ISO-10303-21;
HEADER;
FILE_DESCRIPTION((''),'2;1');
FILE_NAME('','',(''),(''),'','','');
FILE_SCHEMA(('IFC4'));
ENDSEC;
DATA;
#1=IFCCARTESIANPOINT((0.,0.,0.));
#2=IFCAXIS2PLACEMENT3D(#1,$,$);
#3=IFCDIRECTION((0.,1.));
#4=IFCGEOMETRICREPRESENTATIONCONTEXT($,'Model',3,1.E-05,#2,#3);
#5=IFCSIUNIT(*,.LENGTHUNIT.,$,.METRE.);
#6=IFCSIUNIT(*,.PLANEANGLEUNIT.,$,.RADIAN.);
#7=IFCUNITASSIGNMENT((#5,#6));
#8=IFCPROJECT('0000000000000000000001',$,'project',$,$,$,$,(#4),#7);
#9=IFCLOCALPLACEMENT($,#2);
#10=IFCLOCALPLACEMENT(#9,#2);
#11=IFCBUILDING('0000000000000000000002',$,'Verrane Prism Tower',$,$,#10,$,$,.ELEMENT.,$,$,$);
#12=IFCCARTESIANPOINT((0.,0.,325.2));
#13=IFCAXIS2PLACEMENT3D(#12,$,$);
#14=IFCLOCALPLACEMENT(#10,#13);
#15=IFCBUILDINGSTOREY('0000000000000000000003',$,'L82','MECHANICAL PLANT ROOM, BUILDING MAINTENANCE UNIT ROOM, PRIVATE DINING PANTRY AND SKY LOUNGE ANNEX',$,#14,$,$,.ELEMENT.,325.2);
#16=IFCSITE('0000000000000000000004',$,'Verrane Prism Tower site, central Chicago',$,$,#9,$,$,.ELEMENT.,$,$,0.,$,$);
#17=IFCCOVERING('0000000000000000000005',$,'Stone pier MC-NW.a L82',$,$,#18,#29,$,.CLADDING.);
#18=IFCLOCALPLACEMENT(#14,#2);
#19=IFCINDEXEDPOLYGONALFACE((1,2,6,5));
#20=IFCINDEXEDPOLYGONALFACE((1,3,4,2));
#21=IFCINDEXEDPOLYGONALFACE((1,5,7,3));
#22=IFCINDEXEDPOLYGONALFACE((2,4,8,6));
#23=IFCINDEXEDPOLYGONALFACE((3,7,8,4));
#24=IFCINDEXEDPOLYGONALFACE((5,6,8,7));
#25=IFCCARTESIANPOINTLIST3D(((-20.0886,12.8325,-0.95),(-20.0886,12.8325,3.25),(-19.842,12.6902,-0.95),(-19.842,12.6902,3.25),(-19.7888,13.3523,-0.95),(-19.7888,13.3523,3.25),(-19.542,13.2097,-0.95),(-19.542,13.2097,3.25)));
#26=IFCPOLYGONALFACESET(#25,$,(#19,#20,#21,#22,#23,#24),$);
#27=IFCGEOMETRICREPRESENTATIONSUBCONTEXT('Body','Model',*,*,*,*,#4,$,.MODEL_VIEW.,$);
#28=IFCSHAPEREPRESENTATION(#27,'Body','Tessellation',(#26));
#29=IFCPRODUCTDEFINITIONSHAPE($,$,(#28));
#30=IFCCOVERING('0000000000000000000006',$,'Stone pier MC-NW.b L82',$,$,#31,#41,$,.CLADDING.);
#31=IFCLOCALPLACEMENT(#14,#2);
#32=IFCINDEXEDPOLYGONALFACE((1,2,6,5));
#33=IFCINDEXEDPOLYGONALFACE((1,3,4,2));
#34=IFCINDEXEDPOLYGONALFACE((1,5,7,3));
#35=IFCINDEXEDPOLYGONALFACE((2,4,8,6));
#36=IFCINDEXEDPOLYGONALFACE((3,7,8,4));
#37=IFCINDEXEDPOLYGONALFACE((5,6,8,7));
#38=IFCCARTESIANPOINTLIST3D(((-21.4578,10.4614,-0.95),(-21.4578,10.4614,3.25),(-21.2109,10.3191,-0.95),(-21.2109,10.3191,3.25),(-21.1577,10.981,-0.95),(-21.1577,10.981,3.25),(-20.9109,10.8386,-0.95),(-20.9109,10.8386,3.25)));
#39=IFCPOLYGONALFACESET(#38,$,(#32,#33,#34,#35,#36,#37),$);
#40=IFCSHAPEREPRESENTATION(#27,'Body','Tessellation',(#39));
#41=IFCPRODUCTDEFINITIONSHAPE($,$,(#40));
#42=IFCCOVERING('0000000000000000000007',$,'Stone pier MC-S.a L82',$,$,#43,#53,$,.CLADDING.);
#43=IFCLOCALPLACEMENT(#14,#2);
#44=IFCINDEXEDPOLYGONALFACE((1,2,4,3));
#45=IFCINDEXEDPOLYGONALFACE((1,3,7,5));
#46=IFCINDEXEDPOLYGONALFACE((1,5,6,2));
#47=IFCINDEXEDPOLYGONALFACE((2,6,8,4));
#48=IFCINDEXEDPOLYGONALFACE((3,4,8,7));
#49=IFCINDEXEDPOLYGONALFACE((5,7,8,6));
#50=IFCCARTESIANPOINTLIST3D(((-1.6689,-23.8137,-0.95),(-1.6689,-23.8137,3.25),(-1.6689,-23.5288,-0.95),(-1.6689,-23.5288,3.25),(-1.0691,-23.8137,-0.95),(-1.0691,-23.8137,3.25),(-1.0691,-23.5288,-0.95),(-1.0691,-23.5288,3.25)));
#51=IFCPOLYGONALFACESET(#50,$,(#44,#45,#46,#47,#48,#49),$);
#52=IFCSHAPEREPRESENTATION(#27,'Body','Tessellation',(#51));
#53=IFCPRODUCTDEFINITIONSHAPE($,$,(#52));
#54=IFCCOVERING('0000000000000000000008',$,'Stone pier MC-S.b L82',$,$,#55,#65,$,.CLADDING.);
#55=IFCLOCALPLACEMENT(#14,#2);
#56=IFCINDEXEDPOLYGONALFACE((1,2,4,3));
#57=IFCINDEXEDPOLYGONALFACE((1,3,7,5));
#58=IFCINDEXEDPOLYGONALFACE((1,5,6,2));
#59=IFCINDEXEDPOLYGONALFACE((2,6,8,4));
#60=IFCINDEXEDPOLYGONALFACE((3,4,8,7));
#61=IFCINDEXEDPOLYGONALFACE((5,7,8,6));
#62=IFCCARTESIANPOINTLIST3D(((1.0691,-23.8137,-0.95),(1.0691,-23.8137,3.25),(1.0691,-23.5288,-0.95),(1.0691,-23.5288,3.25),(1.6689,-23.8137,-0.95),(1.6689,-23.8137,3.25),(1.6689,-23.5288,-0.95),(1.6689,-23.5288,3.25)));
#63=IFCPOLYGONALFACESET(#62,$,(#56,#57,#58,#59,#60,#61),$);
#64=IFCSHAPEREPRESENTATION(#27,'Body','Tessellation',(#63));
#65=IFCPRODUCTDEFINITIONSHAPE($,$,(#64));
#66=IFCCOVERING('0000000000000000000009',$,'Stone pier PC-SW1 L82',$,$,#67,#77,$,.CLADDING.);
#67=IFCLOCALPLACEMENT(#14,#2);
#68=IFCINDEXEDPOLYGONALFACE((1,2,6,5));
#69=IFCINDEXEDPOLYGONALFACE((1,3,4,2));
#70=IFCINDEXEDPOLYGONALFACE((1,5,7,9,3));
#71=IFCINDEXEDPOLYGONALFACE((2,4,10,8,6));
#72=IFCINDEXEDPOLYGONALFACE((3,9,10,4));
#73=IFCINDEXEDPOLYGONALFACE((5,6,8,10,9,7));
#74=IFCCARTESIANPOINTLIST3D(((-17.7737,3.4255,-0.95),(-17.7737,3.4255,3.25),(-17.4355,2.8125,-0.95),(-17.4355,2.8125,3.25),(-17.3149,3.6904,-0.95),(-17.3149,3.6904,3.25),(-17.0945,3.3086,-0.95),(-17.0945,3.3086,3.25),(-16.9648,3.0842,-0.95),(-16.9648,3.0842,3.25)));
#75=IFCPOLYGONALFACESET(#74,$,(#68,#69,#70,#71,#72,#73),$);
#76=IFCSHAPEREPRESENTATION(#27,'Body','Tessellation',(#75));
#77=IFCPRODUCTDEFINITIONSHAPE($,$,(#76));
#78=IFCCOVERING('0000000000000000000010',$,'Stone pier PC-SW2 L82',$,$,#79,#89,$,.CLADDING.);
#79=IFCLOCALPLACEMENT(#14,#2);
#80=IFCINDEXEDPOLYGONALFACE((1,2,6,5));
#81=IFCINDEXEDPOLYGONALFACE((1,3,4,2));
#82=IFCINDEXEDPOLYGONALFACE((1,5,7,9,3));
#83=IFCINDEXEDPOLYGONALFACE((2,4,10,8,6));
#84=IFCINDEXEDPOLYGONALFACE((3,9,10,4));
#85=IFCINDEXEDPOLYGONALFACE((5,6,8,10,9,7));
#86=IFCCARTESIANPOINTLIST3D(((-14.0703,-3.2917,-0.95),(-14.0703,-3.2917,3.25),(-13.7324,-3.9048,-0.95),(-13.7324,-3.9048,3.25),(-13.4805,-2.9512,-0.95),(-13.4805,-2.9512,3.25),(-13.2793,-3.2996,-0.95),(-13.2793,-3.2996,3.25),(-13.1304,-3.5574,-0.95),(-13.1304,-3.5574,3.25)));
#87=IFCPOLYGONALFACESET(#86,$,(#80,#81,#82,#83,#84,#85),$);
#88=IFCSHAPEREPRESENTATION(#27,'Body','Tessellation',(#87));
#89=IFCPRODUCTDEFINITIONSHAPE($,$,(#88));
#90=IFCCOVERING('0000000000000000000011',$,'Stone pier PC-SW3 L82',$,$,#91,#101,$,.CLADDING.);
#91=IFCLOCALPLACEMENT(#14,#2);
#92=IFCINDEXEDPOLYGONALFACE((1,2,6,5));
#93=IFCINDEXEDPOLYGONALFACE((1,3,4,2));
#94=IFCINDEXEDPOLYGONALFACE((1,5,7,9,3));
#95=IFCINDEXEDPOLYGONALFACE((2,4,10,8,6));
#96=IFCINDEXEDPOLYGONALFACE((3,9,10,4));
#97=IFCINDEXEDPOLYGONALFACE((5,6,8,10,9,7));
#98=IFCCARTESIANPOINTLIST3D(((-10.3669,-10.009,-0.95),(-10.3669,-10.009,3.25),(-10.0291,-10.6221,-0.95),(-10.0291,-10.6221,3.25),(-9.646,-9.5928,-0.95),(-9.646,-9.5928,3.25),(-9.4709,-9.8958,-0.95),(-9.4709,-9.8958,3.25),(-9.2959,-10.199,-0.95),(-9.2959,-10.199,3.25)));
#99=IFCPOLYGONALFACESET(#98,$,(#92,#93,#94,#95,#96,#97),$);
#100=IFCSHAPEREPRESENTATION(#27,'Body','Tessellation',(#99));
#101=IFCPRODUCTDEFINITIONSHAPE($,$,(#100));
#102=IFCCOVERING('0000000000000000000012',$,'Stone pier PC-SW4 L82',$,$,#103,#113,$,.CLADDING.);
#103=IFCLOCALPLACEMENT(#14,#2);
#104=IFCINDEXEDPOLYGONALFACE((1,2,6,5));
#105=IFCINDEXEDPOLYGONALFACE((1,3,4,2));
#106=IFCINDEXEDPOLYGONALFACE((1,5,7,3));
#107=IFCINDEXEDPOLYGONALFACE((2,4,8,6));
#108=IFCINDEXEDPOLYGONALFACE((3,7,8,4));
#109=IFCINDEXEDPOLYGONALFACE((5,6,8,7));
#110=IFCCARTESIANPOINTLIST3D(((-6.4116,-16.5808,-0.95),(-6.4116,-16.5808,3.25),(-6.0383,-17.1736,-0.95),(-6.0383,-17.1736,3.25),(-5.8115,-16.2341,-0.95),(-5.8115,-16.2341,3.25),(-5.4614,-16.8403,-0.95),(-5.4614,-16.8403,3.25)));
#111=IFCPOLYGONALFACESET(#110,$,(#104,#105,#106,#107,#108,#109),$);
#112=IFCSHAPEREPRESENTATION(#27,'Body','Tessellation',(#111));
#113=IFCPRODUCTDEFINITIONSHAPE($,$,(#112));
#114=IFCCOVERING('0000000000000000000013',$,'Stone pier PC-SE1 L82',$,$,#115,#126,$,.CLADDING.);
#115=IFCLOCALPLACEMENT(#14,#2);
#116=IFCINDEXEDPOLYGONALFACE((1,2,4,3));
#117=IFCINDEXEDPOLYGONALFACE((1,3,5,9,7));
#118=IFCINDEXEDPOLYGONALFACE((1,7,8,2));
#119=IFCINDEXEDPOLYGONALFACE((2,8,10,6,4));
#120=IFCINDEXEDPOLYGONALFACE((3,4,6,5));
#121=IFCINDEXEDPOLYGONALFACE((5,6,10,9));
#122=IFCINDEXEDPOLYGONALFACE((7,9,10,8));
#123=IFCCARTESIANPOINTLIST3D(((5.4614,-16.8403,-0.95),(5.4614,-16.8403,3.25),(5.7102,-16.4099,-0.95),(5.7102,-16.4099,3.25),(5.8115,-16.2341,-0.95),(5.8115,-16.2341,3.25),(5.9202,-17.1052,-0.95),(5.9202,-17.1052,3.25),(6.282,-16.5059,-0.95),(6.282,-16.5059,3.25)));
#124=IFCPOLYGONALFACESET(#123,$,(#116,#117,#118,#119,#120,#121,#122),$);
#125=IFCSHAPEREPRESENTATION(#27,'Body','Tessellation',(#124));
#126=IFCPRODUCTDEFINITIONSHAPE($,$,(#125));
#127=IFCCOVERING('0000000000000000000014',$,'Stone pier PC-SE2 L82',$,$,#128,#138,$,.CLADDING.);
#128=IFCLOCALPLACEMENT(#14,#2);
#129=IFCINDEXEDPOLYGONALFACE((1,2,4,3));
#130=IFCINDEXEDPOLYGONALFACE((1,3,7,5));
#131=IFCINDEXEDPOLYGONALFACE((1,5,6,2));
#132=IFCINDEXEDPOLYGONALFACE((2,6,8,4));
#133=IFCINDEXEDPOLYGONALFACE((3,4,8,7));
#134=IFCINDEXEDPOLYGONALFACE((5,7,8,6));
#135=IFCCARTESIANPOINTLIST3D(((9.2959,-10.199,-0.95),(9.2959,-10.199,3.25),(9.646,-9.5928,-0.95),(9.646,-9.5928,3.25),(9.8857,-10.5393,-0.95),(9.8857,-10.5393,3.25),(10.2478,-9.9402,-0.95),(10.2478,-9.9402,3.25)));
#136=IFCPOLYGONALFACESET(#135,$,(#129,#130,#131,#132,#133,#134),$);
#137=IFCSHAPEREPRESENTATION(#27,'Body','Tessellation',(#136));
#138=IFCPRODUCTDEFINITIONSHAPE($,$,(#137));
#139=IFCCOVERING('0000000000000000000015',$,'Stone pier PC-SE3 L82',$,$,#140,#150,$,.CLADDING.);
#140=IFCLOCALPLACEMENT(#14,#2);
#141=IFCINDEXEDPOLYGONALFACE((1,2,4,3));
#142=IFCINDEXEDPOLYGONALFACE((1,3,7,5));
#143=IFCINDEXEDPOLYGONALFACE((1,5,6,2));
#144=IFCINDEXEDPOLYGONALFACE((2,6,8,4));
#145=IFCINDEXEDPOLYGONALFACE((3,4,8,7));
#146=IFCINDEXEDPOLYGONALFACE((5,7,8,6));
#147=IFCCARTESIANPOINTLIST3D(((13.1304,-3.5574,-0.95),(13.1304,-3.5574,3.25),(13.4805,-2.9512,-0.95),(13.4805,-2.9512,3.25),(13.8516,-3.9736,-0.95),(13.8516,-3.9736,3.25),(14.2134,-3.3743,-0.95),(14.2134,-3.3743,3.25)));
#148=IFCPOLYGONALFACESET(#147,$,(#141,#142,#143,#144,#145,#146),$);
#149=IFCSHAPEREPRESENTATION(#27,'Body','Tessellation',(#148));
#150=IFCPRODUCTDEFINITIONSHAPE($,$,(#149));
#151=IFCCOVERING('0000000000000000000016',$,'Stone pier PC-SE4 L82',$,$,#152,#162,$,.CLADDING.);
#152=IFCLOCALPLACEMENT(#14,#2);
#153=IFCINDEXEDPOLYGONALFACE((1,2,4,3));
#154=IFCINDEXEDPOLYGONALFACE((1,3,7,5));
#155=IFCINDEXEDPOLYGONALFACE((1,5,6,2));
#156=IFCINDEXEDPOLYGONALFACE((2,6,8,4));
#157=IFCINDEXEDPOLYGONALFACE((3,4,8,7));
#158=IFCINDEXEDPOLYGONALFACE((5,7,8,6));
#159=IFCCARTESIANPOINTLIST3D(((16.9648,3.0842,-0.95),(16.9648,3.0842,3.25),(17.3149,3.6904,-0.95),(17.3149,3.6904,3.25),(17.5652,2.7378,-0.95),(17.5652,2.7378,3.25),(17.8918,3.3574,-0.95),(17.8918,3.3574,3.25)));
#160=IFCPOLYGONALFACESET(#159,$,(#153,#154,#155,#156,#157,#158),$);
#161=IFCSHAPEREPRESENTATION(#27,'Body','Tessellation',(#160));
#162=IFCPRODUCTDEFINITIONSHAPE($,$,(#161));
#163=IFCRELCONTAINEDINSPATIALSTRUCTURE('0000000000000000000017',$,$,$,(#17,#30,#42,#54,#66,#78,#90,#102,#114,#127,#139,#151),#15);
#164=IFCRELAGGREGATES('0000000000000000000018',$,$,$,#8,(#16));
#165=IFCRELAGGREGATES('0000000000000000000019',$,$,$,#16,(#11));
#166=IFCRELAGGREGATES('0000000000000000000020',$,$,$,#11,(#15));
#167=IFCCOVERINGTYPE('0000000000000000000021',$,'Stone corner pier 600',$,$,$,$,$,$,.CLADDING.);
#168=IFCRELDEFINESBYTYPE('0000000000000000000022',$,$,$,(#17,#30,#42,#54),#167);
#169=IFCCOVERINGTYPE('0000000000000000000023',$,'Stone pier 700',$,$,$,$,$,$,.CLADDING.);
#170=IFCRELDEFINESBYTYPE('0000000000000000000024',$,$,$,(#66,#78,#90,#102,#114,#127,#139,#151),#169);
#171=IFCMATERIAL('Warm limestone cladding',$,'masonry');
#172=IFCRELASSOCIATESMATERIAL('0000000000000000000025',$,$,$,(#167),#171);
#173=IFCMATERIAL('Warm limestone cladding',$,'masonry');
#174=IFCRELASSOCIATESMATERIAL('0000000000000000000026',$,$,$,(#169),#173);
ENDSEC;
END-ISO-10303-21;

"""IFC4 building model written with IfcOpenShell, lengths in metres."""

from ifc_helpers import new_model, si_unit, direction, frame, origin, place, context, subcontext, project, spatial, polyline, outline, extrude, material, type_object, element, save


model = new_model("IFC4")

# Units and contexts
model_context = context("Model", 3, precision=1e-05, world=origin(), true_north=direction((0.0, 1.0)))
body_context = subcontext(model_context, "Body", "Model", "MODEL_VIEW")
ifc_project = project(units=[si_unit("LENGTHUNIT", "METRE"), si_unit("PLANEANGLEUNIT", "RADIAN")], contexts=[model_context])

# Site, building, storey
site_placement = place(None, origin())
site = spatial("IfcSite", under=ifc_project, at=site_placement, Name="Verrane Prism Tower site, central Chicago", CompositionType="ELEMENT", RefElevation=0.0)
building_placement = place(site_placement, origin())
building = spatial("IfcBuilding", under=site, at=building_placement, Name="Verrane Prism Tower", CompositionType="ELEMENT")
storey_placement = place(building_placement, frame((0.0, 0.0, 325.2)))
storey = spatial("IfcBuildingStorey", under=building, at=storey_placement, Name="L82", Description="MECHANICAL PLANT ROOM, BUILDING MAINTENANCE UNIT ROOM, PRIVATE DINING PANTRY AND SKY LOUNGE ANNEX", CompositionType="ELEMENT", Elevation=325.2)

# Coverings
ifc_material_1 = material(Name="Warm limestone cladding", Category="masonry")
covering_type_1 = type_object("IfcCoveringType", Name="Stone corner pier 600", PredefinedType="CLADDING", material=ifc_material_1)
covering_1_placement = place(storey_placement, frame((0.0, 0.0, -0.95)))
element("IfcCovering", 1, at=covering_1_placement, inside=storey, type_object=covering_type_1, Name="Stone pier MC-NW.a L82", PredefinedType="CLADDING", context=body_context, shape_type="SweptSolid", body=[
    extrude(outline(polyline([(-19.842, 12.6902), (-19.542, 13.2097), (-19.7888, 13.3523), (-20.0886, 12.8325), (-19.842, 12.6902)])), origin(), (0.0, 0.0, 1.0), 4.2),
])
covering_2_placement = place(storey_placement, frame((0.0, 0.0, -0.95)))
element("IfcCovering", 2, at=covering_2_placement, inside=storey, type_object=covering_type_1, Name="Stone pier MC-NW.b L82", PredefinedType="CLADDING", context=body_context, shape_type="SweptSolid", body=[
    extrude(outline(polyline([(-21.2109, 10.3191), (-20.9109, 10.8386), (-21.1577, 10.981), (-21.4578, 10.4614), (-21.2109, 10.3191)])), origin(), (0.0, 0.0, 1.0), 4.2),
])
covering_3_placement = place(storey_placement, frame((0.0, 0.0, -0.95)))
element("IfcCovering", 3, at=covering_3_placement, inside=storey, type_object=covering_type_1, Name="Stone pier MC-S.a L82", PredefinedType="CLADDING", context=body_context, shape_type="SweptSolid", body=[
    extrude(outline(polyline([(-1.0691, -23.5288), (-1.6689, -23.5288), (-1.6689, -23.8137), (-1.0691, -23.8137), (-1.0691, -23.5288)])), origin(), (0.0, 0.0, 1.0), 4.2),
])
covering_4_placement = place(storey_placement, frame((0.0, 0.0, -0.95)))
element("IfcCovering", 4, at=covering_4_placement, inside=storey, type_object=covering_type_1, Name="Stone pier MC-S.b L82", PredefinedType="CLADDING", context=body_context, shape_type="SweptSolid", body=[
    extrude(outline(polyline([(1.6689, -23.5288), (1.0691, -23.5288), (1.0691, -23.8137), (1.6689, -23.8137), (1.6689, -23.5288)])), origin(), (0.0, 0.0, 1.0), 4.2),
])
ifc_material_2 = material(Name="Warm limestone cladding", Category="masonry")
covering_type_2 = type_object("IfcCoveringType", Name="Stone pier 700", PredefinedType="CLADDING", material=ifc_material_2)
covering_5_placement = place(storey_placement, frame((0.0, 0.0, -0.95)))
element("IfcCovering", 5, at=covering_5_placement, inside=storey, type_object=covering_type_2, Name="Stone pier PC-SW1 L82", PredefinedType="CLADDING", context=body_context, shape_type="SweptSolid", body=[
    extrude(outline(polyline([(-16.9648, 3.0842), (-17.0945, 3.3086), (-17.3149, 3.6904), (-17.7737, 3.4255), (-17.4355, 2.8125), (-16.9648, 3.0842)])), origin(), (0.0, 0.0, 1.0), 4.2),
])
covering_6_placement = place(storey_placement, frame((0.0, 0.0, -0.95)))
element("IfcCovering", 6, at=covering_6_placement, inside=storey, type_object=covering_type_2, Name="Stone pier PC-SW2 L82", PredefinedType="CLADDING", context=body_context, shape_type="SweptSolid", body=[
    extrude(outline(polyline([(-13.1304, -3.5574), (-13.2793, -3.2996), (-13.4805, -2.9512), (-14.0703, -3.2917), (-13.7324, -3.9048), (-13.1304, -3.5574)])), origin(), (0.0, 0.0, 1.0), 4.2),
])
covering_7_placement = place(storey_placement, frame((0.0, 0.0, -0.95)))
element("IfcCovering", 7, at=covering_7_placement, inside=storey, type_object=covering_type_2, Name="Stone pier PC-SW3 L82", PredefinedType="CLADDING", context=body_context, shape_type="SweptSolid", body=[
    extrude(outline(polyline([(-9.2959, -10.199), (-9.4709, -9.8958), (-9.646, -9.5928), (-10.3669, -10.009), (-10.0291, -10.6221), (-9.2959, -10.199)])), origin(), (0.0, 0.0, 1.0), 4.2),
])
covering_8_placement = place(storey_placement, frame((0.0, 0.0, -0.95)))
element("IfcCovering", 8, at=covering_8_placement, inside=storey, type_object=covering_type_2, Name="Stone pier PC-SW4 L82", PredefinedType="CLADDING", context=body_context, shape_type="SweptSolid", body=[
    extrude(outline(polyline([(-5.4614, -16.8403), (-5.8115, -16.2341), (-6.4116, -16.5808), (-6.0383, -17.1736), (-5.4614, -16.8403)])), origin(), (0.0, 0.0, 1.0), 4.2),
])
covering_9_placement = place(storey_placement, frame((0.0, 0.0, -0.95)))
element("IfcCovering", 9, at=covering_9_placement, inside=storey, type_object=covering_type_2, Name="Stone pier PC-SE1 L82", PredefinedType="CLADDING", context=body_context, shape_type="SweptSolid", body=[
    extrude(outline(polyline([(5.8115, -16.2341), (5.7102, -16.4099), (5.4614, -16.8403), (5.9202, -17.1052), (6.282, -16.5059), (5.8115, -16.2341)])), origin(), (0.0, 0.0, 1.0), 4.2),
])
covering_10_placement = place(storey_placement, frame((0.0, 0.0, -0.95)))
element("IfcCovering", 10, at=covering_10_placement, inside=storey, type_object=covering_type_2, Name="Stone pier PC-SE2 L82", PredefinedType="CLADDING", context=body_context, shape_type="SweptSolid", body=[
    extrude(outline(polyline([(9.646, -9.5928), (9.2959, -10.199), (9.8857, -10.5393), (10.2478, -9.9402), (9.646, -9.5928)])), origin(), (0.0, 0.0, 1.0), 4.2),
])
covering_11_placement = place(storey_placement, frame((0.0, 0.0, -0.95)))
element("IfcCovering", 11, at=covering_11_placement, inside=storey, type_object=covering_type_2, Name="Stone pier PC-SE3 L82", PredefinedType="CLADDING", context=body_context, shape_type="SweptSolid", body=[
    extrude(outline(polyline([(13.4805, -2.9512), (13.1304, -3.5574), (13.8516, -3.9736), (14.2134, -3.3743), (13.4805, -2.9512)])), origin(), (0.0, 0.0, 1.0), 4.2),
])
covering_12_placement = place(storey_placement, frame((0.0, 0.0, -0.95)))
element("IfcCovering", 12, at=covering_12_placement, inside=storey, type_object=covering_type_2, Name="Stone pier PC-SE4 L82", PredefinedType="CLADDING", context=body_context, shape_type="SweptSolid", body=[
    extrude(outline(polyline([(17.3149, 3.6904), (16.9648, 3.0842), (17.5652, 2.7378), (17.8918, 3.3574), (17.3149, 3.6904)])), origin(), (0.0, 0.0, 1.0), 4.2),
])

save(model, "model.ifc")
